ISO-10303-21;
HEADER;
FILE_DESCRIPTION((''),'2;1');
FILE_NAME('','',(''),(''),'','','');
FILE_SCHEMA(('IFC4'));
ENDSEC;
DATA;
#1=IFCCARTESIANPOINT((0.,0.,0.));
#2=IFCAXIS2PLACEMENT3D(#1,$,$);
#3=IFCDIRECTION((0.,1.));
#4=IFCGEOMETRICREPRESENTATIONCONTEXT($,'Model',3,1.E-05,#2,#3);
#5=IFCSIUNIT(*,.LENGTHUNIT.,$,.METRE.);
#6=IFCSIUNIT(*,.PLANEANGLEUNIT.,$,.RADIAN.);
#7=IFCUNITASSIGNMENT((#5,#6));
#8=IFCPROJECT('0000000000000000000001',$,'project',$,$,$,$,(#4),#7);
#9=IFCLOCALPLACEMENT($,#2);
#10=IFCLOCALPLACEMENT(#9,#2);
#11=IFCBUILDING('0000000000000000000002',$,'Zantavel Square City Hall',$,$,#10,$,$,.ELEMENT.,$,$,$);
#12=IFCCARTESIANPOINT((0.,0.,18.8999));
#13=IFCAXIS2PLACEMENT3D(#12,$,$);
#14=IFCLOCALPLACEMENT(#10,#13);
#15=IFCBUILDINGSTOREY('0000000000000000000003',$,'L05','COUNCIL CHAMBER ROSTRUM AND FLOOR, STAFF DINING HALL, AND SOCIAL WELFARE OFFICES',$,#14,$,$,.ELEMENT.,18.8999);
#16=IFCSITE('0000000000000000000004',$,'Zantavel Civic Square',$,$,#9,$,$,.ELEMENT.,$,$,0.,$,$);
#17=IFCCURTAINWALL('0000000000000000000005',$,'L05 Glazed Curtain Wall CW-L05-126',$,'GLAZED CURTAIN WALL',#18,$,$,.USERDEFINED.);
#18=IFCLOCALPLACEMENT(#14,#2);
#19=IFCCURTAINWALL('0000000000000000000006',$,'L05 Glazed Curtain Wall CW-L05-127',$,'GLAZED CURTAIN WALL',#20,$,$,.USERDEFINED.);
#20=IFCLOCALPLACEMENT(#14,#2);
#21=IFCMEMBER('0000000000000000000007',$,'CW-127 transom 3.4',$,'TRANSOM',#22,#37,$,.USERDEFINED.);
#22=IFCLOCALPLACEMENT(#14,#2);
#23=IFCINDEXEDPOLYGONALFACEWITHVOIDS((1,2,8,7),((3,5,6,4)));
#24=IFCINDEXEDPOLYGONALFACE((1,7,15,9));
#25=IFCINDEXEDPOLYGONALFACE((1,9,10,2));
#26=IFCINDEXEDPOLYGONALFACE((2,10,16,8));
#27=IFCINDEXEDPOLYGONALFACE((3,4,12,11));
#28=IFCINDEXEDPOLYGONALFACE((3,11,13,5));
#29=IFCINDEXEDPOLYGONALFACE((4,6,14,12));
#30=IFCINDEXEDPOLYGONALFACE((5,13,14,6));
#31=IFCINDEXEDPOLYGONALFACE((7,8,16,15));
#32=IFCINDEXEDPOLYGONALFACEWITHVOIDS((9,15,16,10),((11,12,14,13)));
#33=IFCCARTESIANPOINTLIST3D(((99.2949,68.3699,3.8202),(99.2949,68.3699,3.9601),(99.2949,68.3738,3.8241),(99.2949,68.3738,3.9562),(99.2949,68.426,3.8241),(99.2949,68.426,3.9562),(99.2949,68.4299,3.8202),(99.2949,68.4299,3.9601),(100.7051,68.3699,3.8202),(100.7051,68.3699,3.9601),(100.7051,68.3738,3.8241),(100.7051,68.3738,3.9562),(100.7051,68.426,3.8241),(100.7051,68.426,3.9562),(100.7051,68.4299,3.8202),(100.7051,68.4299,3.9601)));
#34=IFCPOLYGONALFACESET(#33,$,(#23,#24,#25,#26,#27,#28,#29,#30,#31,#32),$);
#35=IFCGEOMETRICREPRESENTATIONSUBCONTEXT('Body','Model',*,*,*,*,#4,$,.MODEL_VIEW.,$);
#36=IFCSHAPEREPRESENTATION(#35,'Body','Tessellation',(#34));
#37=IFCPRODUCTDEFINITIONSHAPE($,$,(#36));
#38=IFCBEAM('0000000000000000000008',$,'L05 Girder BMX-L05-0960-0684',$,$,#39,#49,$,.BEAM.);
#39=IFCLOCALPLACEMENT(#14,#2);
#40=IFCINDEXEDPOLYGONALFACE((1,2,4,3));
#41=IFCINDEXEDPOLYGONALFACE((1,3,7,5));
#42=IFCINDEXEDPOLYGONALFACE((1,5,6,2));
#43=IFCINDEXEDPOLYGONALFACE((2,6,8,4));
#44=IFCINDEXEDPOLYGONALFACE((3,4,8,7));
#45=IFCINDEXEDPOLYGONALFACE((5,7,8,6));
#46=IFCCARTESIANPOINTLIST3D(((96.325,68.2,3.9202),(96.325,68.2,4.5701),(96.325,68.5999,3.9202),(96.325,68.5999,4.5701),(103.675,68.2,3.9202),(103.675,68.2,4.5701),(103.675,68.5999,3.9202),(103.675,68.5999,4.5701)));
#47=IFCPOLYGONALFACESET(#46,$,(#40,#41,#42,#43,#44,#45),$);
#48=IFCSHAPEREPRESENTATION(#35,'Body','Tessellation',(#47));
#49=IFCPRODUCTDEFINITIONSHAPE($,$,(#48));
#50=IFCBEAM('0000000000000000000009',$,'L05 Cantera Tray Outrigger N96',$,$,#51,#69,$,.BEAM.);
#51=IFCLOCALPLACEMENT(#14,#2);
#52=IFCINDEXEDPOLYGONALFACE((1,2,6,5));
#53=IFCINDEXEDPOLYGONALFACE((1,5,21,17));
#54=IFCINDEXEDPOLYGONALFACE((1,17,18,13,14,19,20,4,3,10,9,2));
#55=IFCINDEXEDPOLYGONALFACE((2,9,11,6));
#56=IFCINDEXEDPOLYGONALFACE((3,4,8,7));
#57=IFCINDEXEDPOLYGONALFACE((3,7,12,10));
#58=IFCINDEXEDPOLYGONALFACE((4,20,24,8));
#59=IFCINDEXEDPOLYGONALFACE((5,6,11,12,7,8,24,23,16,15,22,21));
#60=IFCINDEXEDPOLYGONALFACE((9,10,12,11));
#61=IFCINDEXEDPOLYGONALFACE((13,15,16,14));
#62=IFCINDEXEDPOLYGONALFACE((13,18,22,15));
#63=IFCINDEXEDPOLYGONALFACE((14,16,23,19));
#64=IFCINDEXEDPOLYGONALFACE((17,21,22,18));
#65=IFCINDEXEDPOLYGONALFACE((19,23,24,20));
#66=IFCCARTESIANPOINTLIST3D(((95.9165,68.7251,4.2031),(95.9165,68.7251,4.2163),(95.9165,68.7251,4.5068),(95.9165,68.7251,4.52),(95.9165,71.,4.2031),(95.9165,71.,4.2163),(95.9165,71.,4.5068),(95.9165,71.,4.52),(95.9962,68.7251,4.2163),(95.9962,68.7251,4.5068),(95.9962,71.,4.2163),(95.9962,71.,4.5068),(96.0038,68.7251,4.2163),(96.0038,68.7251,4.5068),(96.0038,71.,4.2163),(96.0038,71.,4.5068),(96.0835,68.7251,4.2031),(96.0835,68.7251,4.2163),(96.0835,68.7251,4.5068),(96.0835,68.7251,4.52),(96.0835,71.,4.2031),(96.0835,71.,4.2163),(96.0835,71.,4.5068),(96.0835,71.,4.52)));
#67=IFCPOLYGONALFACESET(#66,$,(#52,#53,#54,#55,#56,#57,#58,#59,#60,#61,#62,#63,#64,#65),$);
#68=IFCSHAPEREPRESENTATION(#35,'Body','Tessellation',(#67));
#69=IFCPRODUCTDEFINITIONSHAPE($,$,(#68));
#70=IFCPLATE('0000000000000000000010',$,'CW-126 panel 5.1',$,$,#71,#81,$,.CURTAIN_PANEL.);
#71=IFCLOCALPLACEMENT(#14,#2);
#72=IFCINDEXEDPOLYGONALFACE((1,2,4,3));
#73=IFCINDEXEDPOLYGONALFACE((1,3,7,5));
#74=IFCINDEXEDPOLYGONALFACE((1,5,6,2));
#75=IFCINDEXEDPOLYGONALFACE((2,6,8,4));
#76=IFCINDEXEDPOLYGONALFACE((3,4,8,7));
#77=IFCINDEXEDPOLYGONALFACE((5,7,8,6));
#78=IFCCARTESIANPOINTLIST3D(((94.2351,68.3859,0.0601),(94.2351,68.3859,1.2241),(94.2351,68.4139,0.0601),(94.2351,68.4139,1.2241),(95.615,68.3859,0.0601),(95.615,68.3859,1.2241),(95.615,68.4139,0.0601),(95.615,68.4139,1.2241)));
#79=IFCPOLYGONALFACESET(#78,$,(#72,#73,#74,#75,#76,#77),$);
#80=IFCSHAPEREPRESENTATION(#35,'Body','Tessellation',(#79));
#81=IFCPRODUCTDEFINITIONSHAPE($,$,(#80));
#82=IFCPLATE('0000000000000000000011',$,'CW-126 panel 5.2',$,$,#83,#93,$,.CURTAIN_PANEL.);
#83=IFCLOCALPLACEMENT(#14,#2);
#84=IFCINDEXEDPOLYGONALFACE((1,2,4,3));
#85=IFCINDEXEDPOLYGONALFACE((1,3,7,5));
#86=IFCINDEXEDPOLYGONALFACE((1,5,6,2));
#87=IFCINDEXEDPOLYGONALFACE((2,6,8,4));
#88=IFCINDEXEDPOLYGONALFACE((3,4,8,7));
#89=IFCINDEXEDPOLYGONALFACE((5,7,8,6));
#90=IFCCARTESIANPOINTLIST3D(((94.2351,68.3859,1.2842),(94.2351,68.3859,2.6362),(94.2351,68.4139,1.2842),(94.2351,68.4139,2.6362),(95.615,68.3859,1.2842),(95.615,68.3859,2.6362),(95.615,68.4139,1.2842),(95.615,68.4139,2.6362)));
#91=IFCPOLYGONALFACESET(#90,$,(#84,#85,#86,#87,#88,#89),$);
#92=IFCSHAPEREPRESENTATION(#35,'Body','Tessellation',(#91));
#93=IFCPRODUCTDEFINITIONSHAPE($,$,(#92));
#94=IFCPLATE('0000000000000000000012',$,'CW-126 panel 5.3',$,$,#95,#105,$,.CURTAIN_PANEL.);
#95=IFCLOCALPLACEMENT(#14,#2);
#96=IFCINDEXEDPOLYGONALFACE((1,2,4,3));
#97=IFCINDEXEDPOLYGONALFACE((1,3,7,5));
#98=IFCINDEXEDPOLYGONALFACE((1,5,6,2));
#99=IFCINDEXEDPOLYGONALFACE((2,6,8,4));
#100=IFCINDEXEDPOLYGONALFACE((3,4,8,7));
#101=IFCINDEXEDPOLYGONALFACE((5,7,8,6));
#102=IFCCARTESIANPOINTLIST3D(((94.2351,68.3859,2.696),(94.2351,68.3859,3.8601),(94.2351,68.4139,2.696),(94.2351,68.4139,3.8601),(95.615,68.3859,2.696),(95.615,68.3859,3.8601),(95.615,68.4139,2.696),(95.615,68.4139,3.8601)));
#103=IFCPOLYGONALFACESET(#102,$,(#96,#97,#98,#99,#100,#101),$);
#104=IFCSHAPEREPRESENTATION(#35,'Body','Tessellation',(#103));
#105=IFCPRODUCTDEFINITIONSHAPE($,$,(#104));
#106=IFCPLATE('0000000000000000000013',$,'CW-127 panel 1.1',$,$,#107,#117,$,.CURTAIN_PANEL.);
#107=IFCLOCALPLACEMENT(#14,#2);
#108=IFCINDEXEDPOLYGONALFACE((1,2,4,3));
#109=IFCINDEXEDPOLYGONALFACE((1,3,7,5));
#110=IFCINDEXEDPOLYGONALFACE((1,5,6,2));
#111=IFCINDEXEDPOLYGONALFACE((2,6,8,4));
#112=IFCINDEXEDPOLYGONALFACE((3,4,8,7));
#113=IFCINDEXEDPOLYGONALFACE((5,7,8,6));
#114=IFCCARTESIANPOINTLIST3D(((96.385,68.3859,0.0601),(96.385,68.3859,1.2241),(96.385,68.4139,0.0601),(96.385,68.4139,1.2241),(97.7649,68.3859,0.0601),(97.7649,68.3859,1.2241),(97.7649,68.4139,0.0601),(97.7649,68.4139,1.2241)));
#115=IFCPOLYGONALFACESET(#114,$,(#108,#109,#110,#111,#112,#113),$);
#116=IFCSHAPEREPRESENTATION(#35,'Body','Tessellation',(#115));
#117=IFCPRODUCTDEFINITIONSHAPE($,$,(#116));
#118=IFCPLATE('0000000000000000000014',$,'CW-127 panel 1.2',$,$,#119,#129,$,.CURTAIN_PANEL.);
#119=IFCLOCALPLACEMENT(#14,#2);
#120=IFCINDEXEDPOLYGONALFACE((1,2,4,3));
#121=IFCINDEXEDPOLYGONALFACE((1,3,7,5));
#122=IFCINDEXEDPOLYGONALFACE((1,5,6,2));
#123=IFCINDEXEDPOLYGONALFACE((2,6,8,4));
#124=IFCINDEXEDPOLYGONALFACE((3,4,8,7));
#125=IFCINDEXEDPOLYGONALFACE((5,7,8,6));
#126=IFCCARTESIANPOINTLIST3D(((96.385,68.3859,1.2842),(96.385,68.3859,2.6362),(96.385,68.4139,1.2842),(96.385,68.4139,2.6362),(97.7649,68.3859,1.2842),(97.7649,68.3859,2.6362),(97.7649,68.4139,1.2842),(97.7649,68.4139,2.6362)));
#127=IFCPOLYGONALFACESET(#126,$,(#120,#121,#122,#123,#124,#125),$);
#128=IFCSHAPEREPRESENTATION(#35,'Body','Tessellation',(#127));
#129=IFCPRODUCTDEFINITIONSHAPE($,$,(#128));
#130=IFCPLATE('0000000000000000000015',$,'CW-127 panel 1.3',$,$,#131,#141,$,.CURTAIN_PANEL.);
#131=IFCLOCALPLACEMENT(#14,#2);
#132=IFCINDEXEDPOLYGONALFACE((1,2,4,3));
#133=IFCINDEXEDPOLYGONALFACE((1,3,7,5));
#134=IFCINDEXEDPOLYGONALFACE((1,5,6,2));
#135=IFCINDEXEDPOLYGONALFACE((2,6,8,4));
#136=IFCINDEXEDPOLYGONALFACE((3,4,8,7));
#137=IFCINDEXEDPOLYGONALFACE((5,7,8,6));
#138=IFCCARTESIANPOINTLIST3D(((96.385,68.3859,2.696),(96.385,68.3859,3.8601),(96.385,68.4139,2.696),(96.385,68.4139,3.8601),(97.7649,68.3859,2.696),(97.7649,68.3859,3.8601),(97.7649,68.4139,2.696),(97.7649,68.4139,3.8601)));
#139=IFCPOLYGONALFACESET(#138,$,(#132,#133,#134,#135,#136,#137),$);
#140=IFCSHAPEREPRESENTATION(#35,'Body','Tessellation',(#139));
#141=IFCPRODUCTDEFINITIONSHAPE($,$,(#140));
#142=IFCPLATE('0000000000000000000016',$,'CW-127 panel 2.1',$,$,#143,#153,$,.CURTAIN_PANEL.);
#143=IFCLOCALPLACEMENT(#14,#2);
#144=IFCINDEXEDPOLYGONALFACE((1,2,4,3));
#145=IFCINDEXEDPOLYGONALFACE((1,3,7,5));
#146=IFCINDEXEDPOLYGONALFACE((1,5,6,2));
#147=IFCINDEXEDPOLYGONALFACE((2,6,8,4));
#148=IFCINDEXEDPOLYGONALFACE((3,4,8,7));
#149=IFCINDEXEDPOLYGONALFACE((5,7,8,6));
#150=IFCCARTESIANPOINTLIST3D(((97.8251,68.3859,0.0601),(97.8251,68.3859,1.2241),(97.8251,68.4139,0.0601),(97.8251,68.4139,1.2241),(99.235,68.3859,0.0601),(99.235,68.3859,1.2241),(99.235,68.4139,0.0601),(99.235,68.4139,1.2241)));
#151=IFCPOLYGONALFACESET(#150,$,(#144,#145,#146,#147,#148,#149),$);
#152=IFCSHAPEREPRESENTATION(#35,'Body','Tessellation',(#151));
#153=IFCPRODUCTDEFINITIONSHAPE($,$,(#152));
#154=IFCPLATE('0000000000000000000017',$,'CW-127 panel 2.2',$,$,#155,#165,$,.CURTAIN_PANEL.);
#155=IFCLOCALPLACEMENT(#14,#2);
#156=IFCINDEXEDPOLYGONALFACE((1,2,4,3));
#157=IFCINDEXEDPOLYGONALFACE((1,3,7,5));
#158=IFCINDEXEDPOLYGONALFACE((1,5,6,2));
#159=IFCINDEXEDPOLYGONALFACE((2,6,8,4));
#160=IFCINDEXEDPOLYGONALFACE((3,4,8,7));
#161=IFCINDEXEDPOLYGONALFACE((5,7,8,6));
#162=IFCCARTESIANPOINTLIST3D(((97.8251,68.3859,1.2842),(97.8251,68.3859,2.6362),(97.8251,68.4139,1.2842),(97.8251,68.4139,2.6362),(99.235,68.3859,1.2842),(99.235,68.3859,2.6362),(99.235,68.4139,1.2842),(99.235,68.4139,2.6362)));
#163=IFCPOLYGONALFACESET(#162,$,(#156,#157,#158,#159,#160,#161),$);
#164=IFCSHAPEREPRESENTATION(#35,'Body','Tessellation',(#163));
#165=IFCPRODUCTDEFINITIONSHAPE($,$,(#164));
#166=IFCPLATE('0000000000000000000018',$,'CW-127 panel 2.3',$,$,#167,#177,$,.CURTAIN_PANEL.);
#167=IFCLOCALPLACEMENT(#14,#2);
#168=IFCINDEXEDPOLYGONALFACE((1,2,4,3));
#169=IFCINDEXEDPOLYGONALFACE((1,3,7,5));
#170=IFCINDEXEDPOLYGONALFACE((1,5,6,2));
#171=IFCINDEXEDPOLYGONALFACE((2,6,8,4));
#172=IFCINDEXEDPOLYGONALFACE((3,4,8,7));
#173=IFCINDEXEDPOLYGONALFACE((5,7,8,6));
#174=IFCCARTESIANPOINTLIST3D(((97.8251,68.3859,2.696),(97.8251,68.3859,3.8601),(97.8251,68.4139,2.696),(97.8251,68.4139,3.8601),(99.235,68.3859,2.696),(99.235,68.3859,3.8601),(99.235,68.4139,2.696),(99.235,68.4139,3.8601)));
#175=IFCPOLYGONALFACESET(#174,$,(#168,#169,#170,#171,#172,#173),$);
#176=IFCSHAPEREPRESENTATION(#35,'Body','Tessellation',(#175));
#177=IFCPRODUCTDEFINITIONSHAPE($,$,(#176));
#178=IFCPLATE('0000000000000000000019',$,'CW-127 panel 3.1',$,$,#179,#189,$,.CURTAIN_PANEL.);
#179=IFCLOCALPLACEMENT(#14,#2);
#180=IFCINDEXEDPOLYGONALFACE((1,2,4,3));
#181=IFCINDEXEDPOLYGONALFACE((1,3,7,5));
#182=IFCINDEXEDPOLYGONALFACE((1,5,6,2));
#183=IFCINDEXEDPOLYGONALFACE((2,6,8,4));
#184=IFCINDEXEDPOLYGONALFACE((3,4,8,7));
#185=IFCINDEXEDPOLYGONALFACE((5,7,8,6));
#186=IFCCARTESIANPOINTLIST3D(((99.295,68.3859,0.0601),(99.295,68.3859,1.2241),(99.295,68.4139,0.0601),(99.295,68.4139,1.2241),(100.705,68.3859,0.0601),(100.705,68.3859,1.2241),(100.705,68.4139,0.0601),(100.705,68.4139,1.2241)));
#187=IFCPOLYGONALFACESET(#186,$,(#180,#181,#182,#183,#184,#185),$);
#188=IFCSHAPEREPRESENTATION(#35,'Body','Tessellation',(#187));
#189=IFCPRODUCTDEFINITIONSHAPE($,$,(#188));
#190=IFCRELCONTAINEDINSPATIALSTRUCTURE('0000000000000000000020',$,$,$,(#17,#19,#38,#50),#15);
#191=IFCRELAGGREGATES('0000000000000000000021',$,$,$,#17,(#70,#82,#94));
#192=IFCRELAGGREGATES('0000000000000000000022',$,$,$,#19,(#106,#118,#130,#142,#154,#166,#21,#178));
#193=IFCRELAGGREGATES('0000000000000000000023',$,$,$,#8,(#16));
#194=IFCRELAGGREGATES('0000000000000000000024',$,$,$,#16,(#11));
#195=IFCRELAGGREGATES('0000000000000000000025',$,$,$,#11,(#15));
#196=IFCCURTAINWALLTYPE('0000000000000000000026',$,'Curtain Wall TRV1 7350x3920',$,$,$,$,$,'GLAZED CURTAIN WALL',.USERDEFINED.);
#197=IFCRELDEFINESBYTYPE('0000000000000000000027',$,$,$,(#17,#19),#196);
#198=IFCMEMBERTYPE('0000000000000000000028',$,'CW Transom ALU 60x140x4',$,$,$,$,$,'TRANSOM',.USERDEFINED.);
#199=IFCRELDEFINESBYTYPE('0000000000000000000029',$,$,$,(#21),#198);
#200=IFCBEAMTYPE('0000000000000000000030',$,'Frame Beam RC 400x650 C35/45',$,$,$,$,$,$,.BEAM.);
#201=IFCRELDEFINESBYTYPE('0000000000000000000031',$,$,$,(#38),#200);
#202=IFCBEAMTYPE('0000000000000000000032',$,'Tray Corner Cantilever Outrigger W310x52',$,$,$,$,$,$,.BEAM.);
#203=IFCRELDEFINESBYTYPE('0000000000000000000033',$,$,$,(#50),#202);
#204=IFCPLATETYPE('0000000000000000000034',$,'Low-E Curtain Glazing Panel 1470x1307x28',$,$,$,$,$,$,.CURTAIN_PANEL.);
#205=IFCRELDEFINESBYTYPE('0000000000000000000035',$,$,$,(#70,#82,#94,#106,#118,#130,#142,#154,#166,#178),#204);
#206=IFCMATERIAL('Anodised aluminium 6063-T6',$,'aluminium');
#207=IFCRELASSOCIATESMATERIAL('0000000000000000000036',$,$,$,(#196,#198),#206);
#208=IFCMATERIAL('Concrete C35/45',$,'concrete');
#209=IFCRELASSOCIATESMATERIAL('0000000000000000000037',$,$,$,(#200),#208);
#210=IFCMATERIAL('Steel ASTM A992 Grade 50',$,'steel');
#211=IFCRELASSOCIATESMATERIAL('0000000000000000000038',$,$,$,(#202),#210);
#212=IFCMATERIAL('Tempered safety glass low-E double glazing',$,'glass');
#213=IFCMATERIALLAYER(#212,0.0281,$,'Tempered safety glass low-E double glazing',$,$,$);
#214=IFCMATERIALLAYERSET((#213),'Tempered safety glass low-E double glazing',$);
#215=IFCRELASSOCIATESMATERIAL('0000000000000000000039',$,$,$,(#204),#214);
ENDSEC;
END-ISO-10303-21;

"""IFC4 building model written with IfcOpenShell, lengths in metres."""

from ifc_helpers import new_model, si_unit, direction, frame, origin, origin_2d, place, context, subcontext, project, spatial, rectangle, hollow_rectangle, i_section, extrude, material, layer, layer_set, material_profile, profile_set, type_object, element, aggregate, save


model = new_model("IFC4")

# Units and contexts
model_context = context("Model", 3, precision=1e-05, world=origin(), true_north=direction((0.0, 1.0)))
body_context = subcontext(model_context, "Body", "Model", "MODEL_VIEW")
ifc_project = project(units=[si_unit("LENGTHUNIT", "METRE"), si_unit("PLANEANGLEUNIT", "RADIAN")], contexts=[model_context])

# Site, building, storey
site_placement = place(None, origin())
site = spatial("IfcSite", under=ifc_project, at=site_placement, Name="Zantavel Civic Square", CompositionType="ELEMENT", RefElevation=0.0)
building_placement = place(site_placement, origin())
building = spatial("IfcBuilding", under=site, at=building_placement, Name="Zantavel Square City Hall", CompositionType="ELEMENT")
storey_placement = place(building_placement, frame((0.0, 0.0, 18.8999)))
storey = spatial("IfcBuildingStorey", under=building, at=storey_placement, Name="L05", Description="COUNCIL CHAMBER ROSTRUM AND FLOOR, STAFF DINING HALL, AND SOCIAL WELFARE OFFICES", CompositionType="ELEMENT", Elevation=18.8999)

# Curtain walls
ifc_material_1 = material(Name="Anodised aluminium 6063-T6", Category="aluminium")
curtain_wall_type = type_object("IfcCurtainWallType", Name="Curtain Wall TRV1 7350x3920", ElementType="GLAZED CURTAIN WALL", PredefinedType="USERDEFINED", material=ifc_material_1)
curtain_wall_1_placement = place(storey_placement, origin())
curtain_wall_1 = element("IfcCurtainWall", 1, at=curtain_wall_1_placement, inside=storey, type_object=curtain_wall_type, Name="L05 Glazed Curtain Wall CW-L05-126", ObjectType="GLAZED CURTAIN WALL", PredefinedType="USERDEFINED")
curtain_wall_2_placement = place(storey_placement, origin())
curtain_wall_2 = element("IfcCurtainWall", 2, at=curtain_wall_2_placement, inside=storey, type_object=curtain_wall_type, Name="L05 Glazed Curtain Wall CW-L05-127", ObjectType="GLAZED CURTAIN WALL", PredefinedType="USERDEFINED")

# Member
ifc_material_profile_1 = material_profile(ifc_material_1, hollow_rectangle(XDim=0.0601, YDim=0.1399, WallThickness=0.0039, at=origin_2d()), Name="ALU 60x140x4")
ifc_profile_set_1 = profile_set([ifc_material_profile_1], Name="Anodised aluminium 6063-T6")
member_type_1 = type_object("IfcMemberType", Name="CW Transom ALU 60x140x4", ElementType="TRANSOM", PredefinedType="USERDEFINED", material=ifc_profile_set_1)
member_1_placement = place(storey_placement, frame((99.2949, 68.3999, 3.8901), z_axis=(1.0, 0.0, 0.0), x_axis=(0.0, 1.0, 0.0)))
member_1 = element("IfcMember", 3, at=member_1_placement, type_object=member_type_1, Name="CW-127 transom 3.4", ObjectType="TRANSOM", PredefinedType="USERDEFINED", context=body_context, shape_type="SweptSolid", body=[
    extrude(hollow_rectangle(XDim=0.0601, YDim=0.1399, WallThickness=0.0039, at=origin_2d()), origin(), (0.0, 0.0, 1.0), 1.4102),
])

# Beams
ifc_material_2 = material(Name="Concrete C35/45", Category="concrete")
ifc_material_profile_2 = material_profile(ifc_material_2, rectangle(XDim=0.3999, YDim=0.6499, at=origin_2d()), Name="RC 400x650")
ifc_profile_set_2 = profile_set([ifc_material_profile_2], Name="Concrete C35/45")
beam_type_1 = type_object("IfcBeamType", Name="Frame Beam RC 400x650 C35/45", PredefinedType="BEAM", material=ifc_profile_set_2)
beam_1_placement = place(storey_placement, frame((96.325, 68.3999, 4.2451), z_axis=(1.0, 0.0, 0.0), x_axis=(0.0, 1.0, 0.0)))
element("IfcBeam", 4, at=beam_1_placement, inside=storey, type_object=beam_type_1, Name="L05 Girder BMX-L05-0960-0684", PredefinedType="BEAM", context=body_context, shape_type="SweptSolid", body=[
    extrude(rectangle(XDim=0.3999, YDim=0.6499, at=origin_2d()), origin(), (0.0, 0.0, 1.0), 7.3501),
])
ifc_material_3 = material(Name="Steel ASTM A992 Grade 50", Category="steel")
ifc_material_profile_3 = material_profile(ifc_material_3, i_section(OverallWidth=0.167, OverallDepth=0.3169, WebThickness=0.0076, FlangeThickness=0.0132, at=origin_2d()), Name="W310x52")
ifc_profile_set_3 = profile_set([ifc_material_profile_3], Name="Steel ASTM A992 Grade 50")
beam_type_2 = type_object("IfcBeamType", Name="Tray Corner Cantilever Outrigger W310x52", PredefinedType="BEAM", material=ifc_profile_set_3)
beam_2_placement = place(storey_placement, frame((96.0, 68.7251, 4.3616), z_axis=(0.0, 1.0, 0.0), x_axis=(-1.0, 0.0, 0.0)))
element("IfcBeam", 5, at=beam_2_placement, inside=storey, type_object=beam_type_2, Name="L05 Cantera Tray Outrigger N96", PredefinedType="BEAM", context=body_context, shape_type="SweptSolid", body=[
    extrude(i_section(OverallWidth=0.167, OverallDepth=0.3169, WebThickness=0.0076, FlangeThickness=0.0132, at=origin_2d()), origin(), (0.0, 0.0, 1.0), 2.2749),
])

# Plates
ifc_material_4 = material(Name="Tempered safety glass low-E double glazing", Category="glass")
ifc_layer_1 = layer(ifc_material_4, 0.0281, Name="Tempered safety glass low-E double glazing")
ifc_layer_set_1 = layer_set([ifc_layer_1], Name="Tempered safety glass low-E double glazing")
plate_type = type_object("IfcPlateType", Name="Low-E Curtain Glazing Panel 1470x1307x28", PredefinedType="CURTAIN_PANEL", material=ifc_layer_set_1)
plate_1_placement = place(storey_placement, frame((94.925, 68.3999, 0.0601), z_axis=(0.0, 0.0, 1.0), x_axis=(1.0, 0.0, 0.0)))
plate_1 = element("IfcPlate", 6, at=plate_1_placement, type_object=plate_type, Name="CW-126 panel 5.1", PredefinedType="CURTAIN_PANEL", context=body_context, shape_type="SweptSolid", body=[
    extrude(rectangle(XDim=1.3799, YDim=0.0281, at=origin_2d()), origin(), (0.0, 0.0, 1.0), 1.1641),
])
plate_2_placement = place(storey_placement, frame((94.925, 68.3999, 1.2842), z_axis=(0.0, 0.0, 1.0), x_axis=(1.0, 0.0, 0.0)))
plate_2 = element("IfcPlate", 7, at=plate_2_placement, type_object=plate_type, Name="CW-126 panel 5.2", PredefinedType="CURTAIN_PANEL", context=body_context, shape_type="SweptSolid", body=[
    extrude(rectangle(XDim=1.3799, YDim=0.0281, at=origin_2d()), origin(), (0.0, 0.0, 1.0), 1.3521),
])
plate_3_placement = place(storey_placement, frame((94.925, 68.3999, 2.696), z_axis=(0.0, 0.0, 1.0), x_axis=(1.0, 0.0, 0.0)))
plate_3 = element("IfcPlate", 8, at=plate_3_placement, type_object=plate_type, Name="CW-126 panel 5.3", PredefinedType="CURTAIN_PANEL", context=body_context, shape_type="SweptSolid", body=[
    extrude(rectangle(XDim=1.3799, YDim=0.0281, at=origin_2d()), origin(), (0.0, 0.0, 1.0), 1.1641),
])
aggregate(curtain_wall_1, [plate_1, plate_2, plate_3])
plate_4_placement = place(storey_placement, frame((97.075, 68.3999, 0.0601), z_axis=(0.0, 0.0, 1.0), x_axis=(1.0, 0.0, 0.0)))
plate_4 = element("IfcPlate", 9, at=plate_4_placement, type_object=plate_type, Name="CW-127 panel 1.1", PredefinedType="CURTAIN_PANEL", context=body_context, shape_type="SweptSolid", body=[
    extrude(rectangle(XDim=1.3799, YDim=0.0281, at=origin_2d()), origin(), (0.0, 0.0, 1.0), 1.1641),
])
plate_5_placement = place(storey_placement, frame((97.075, 68.3999, 1.2842), z_axis=(0.0, 0.0, 1.0), x_axis=(1.0, 0.0, 0.0)))
plate_5 = element("IfcPlate", 10, at=plate_5_placement, type_object=plate_type, Name="CW-127 panel 1.2", PredefinedType="CURTAIN_PANEL", context=body_context, shape_type="SweptSolid", body=[
    extrude(rectangle(XDim=1.3799, YDim=0.0281, at=origin_2d()), origin(), (0.0, 0.0, 1.0), 1.3521),
])
plate_6_placement = place(storey_placement, frame((97.075, 68.3999, 2.696), z_axis=(0.0, 0.0, 1.0), x_axis=(1.0, 0.0, 0.0)))
plate_6 = element("IfcPlate", 11, at=plate_6_placement, type_object=plate_type, Name="CW-127 panel 1.3", PredefinedType="CURTAIN_PANEL", context=body_context, shape_type="SweptSolid", body=[
    extrude(rectangle(XDim=1.3799, YDim=0.0281, at=origin_2d()), origin(), (0.0, 0.0, 1.0), 1.1641),
])
plate_7_placement = place(storey_placement, frame((98.53, 68.3999, 0.0601), z_axis=(0.0, 0.0, 1.0), x_axis=(1.0, 0.0, 0.0)))
plate_7 = element("IfcPlate", 12, at=plate_7_placement, type_object=plate_type, Name="CW-127 panel 2.1", PredefinedType="CURTAIN_PANEL", context=body_context, shape_type="SweptSolid", body=[
    extrude(rectangle(XDim=1.4099, YDim=0.0281, at=origin_2d()), origin(), (0.0, 0.0, 1.0), 1.1641),
])
plate_8_placement = place(storey_placement, frame((98.53, 68.3999, 1.2842), z_axis=(0.0, 0.0, 1.0), x_axis=(1.0, 0.0, 0.0)))
plate_8 = element("IfcPlate", 13, at=plate_8_placement, type_object=plate_type, Name="CW-127 panel 2.2", PredefinedType="CURTAIN_PANEL", context=body_context, shape_type="SweptSolid", body=[
    extrude(rectangle(XDim=1.4099, YDim=0.0281, at=origin_2d()), origin(), (0.0, 0.0, 1.0), 1.3521),
])
plate_9_placement = place(storey_placement, frame((98.53, 68.3999, 2.696), z_axis=(0.0, 0.0, 1.0), x_axis=(1.0, 0.0, 0.0)))
plate_9 = element("IfcPlate", 14, at=plate_9_placement, type_object=plate_type, Name="CW-127 panel 2.3", PredefinedType="CURTAIN_PANEL", context=body_context, shape_type="SweptSolid", body=[
    extrude(rectangle(XDim=1.4099, YDim=0.0281, at=origin_2d()), origin(), (0.0, 0.0, 1.0), 1.1641),
])
plate_10_placement = place(storey_placement, frame((100.0, 68.3999, 0.0601), z_axis=(0.0, 0.0, 1.0), x_axis=(1.0, 0.0, 0.0)))
plate_10 = element("IfcPlate", 15, at=plate_10_placement, type_object=plate_type, Name="CW-127 panel 3.1", PredefinedType="CURTAIN_PANEL", context=body_context, shape_type="SweptSolid", body=[
    extrude(rectangle(XDim=1.4099, YDim=0.0281, at=origin_2d()), origin(), (0.0, 0.0, 1.0), 1.1641),
])
aggregate(curtain_wall_2, [plate_4, plate_5, plate_6, plate_7, plate_8, plate_9, member_1, plate_10])

save(model, "model.ifc")
